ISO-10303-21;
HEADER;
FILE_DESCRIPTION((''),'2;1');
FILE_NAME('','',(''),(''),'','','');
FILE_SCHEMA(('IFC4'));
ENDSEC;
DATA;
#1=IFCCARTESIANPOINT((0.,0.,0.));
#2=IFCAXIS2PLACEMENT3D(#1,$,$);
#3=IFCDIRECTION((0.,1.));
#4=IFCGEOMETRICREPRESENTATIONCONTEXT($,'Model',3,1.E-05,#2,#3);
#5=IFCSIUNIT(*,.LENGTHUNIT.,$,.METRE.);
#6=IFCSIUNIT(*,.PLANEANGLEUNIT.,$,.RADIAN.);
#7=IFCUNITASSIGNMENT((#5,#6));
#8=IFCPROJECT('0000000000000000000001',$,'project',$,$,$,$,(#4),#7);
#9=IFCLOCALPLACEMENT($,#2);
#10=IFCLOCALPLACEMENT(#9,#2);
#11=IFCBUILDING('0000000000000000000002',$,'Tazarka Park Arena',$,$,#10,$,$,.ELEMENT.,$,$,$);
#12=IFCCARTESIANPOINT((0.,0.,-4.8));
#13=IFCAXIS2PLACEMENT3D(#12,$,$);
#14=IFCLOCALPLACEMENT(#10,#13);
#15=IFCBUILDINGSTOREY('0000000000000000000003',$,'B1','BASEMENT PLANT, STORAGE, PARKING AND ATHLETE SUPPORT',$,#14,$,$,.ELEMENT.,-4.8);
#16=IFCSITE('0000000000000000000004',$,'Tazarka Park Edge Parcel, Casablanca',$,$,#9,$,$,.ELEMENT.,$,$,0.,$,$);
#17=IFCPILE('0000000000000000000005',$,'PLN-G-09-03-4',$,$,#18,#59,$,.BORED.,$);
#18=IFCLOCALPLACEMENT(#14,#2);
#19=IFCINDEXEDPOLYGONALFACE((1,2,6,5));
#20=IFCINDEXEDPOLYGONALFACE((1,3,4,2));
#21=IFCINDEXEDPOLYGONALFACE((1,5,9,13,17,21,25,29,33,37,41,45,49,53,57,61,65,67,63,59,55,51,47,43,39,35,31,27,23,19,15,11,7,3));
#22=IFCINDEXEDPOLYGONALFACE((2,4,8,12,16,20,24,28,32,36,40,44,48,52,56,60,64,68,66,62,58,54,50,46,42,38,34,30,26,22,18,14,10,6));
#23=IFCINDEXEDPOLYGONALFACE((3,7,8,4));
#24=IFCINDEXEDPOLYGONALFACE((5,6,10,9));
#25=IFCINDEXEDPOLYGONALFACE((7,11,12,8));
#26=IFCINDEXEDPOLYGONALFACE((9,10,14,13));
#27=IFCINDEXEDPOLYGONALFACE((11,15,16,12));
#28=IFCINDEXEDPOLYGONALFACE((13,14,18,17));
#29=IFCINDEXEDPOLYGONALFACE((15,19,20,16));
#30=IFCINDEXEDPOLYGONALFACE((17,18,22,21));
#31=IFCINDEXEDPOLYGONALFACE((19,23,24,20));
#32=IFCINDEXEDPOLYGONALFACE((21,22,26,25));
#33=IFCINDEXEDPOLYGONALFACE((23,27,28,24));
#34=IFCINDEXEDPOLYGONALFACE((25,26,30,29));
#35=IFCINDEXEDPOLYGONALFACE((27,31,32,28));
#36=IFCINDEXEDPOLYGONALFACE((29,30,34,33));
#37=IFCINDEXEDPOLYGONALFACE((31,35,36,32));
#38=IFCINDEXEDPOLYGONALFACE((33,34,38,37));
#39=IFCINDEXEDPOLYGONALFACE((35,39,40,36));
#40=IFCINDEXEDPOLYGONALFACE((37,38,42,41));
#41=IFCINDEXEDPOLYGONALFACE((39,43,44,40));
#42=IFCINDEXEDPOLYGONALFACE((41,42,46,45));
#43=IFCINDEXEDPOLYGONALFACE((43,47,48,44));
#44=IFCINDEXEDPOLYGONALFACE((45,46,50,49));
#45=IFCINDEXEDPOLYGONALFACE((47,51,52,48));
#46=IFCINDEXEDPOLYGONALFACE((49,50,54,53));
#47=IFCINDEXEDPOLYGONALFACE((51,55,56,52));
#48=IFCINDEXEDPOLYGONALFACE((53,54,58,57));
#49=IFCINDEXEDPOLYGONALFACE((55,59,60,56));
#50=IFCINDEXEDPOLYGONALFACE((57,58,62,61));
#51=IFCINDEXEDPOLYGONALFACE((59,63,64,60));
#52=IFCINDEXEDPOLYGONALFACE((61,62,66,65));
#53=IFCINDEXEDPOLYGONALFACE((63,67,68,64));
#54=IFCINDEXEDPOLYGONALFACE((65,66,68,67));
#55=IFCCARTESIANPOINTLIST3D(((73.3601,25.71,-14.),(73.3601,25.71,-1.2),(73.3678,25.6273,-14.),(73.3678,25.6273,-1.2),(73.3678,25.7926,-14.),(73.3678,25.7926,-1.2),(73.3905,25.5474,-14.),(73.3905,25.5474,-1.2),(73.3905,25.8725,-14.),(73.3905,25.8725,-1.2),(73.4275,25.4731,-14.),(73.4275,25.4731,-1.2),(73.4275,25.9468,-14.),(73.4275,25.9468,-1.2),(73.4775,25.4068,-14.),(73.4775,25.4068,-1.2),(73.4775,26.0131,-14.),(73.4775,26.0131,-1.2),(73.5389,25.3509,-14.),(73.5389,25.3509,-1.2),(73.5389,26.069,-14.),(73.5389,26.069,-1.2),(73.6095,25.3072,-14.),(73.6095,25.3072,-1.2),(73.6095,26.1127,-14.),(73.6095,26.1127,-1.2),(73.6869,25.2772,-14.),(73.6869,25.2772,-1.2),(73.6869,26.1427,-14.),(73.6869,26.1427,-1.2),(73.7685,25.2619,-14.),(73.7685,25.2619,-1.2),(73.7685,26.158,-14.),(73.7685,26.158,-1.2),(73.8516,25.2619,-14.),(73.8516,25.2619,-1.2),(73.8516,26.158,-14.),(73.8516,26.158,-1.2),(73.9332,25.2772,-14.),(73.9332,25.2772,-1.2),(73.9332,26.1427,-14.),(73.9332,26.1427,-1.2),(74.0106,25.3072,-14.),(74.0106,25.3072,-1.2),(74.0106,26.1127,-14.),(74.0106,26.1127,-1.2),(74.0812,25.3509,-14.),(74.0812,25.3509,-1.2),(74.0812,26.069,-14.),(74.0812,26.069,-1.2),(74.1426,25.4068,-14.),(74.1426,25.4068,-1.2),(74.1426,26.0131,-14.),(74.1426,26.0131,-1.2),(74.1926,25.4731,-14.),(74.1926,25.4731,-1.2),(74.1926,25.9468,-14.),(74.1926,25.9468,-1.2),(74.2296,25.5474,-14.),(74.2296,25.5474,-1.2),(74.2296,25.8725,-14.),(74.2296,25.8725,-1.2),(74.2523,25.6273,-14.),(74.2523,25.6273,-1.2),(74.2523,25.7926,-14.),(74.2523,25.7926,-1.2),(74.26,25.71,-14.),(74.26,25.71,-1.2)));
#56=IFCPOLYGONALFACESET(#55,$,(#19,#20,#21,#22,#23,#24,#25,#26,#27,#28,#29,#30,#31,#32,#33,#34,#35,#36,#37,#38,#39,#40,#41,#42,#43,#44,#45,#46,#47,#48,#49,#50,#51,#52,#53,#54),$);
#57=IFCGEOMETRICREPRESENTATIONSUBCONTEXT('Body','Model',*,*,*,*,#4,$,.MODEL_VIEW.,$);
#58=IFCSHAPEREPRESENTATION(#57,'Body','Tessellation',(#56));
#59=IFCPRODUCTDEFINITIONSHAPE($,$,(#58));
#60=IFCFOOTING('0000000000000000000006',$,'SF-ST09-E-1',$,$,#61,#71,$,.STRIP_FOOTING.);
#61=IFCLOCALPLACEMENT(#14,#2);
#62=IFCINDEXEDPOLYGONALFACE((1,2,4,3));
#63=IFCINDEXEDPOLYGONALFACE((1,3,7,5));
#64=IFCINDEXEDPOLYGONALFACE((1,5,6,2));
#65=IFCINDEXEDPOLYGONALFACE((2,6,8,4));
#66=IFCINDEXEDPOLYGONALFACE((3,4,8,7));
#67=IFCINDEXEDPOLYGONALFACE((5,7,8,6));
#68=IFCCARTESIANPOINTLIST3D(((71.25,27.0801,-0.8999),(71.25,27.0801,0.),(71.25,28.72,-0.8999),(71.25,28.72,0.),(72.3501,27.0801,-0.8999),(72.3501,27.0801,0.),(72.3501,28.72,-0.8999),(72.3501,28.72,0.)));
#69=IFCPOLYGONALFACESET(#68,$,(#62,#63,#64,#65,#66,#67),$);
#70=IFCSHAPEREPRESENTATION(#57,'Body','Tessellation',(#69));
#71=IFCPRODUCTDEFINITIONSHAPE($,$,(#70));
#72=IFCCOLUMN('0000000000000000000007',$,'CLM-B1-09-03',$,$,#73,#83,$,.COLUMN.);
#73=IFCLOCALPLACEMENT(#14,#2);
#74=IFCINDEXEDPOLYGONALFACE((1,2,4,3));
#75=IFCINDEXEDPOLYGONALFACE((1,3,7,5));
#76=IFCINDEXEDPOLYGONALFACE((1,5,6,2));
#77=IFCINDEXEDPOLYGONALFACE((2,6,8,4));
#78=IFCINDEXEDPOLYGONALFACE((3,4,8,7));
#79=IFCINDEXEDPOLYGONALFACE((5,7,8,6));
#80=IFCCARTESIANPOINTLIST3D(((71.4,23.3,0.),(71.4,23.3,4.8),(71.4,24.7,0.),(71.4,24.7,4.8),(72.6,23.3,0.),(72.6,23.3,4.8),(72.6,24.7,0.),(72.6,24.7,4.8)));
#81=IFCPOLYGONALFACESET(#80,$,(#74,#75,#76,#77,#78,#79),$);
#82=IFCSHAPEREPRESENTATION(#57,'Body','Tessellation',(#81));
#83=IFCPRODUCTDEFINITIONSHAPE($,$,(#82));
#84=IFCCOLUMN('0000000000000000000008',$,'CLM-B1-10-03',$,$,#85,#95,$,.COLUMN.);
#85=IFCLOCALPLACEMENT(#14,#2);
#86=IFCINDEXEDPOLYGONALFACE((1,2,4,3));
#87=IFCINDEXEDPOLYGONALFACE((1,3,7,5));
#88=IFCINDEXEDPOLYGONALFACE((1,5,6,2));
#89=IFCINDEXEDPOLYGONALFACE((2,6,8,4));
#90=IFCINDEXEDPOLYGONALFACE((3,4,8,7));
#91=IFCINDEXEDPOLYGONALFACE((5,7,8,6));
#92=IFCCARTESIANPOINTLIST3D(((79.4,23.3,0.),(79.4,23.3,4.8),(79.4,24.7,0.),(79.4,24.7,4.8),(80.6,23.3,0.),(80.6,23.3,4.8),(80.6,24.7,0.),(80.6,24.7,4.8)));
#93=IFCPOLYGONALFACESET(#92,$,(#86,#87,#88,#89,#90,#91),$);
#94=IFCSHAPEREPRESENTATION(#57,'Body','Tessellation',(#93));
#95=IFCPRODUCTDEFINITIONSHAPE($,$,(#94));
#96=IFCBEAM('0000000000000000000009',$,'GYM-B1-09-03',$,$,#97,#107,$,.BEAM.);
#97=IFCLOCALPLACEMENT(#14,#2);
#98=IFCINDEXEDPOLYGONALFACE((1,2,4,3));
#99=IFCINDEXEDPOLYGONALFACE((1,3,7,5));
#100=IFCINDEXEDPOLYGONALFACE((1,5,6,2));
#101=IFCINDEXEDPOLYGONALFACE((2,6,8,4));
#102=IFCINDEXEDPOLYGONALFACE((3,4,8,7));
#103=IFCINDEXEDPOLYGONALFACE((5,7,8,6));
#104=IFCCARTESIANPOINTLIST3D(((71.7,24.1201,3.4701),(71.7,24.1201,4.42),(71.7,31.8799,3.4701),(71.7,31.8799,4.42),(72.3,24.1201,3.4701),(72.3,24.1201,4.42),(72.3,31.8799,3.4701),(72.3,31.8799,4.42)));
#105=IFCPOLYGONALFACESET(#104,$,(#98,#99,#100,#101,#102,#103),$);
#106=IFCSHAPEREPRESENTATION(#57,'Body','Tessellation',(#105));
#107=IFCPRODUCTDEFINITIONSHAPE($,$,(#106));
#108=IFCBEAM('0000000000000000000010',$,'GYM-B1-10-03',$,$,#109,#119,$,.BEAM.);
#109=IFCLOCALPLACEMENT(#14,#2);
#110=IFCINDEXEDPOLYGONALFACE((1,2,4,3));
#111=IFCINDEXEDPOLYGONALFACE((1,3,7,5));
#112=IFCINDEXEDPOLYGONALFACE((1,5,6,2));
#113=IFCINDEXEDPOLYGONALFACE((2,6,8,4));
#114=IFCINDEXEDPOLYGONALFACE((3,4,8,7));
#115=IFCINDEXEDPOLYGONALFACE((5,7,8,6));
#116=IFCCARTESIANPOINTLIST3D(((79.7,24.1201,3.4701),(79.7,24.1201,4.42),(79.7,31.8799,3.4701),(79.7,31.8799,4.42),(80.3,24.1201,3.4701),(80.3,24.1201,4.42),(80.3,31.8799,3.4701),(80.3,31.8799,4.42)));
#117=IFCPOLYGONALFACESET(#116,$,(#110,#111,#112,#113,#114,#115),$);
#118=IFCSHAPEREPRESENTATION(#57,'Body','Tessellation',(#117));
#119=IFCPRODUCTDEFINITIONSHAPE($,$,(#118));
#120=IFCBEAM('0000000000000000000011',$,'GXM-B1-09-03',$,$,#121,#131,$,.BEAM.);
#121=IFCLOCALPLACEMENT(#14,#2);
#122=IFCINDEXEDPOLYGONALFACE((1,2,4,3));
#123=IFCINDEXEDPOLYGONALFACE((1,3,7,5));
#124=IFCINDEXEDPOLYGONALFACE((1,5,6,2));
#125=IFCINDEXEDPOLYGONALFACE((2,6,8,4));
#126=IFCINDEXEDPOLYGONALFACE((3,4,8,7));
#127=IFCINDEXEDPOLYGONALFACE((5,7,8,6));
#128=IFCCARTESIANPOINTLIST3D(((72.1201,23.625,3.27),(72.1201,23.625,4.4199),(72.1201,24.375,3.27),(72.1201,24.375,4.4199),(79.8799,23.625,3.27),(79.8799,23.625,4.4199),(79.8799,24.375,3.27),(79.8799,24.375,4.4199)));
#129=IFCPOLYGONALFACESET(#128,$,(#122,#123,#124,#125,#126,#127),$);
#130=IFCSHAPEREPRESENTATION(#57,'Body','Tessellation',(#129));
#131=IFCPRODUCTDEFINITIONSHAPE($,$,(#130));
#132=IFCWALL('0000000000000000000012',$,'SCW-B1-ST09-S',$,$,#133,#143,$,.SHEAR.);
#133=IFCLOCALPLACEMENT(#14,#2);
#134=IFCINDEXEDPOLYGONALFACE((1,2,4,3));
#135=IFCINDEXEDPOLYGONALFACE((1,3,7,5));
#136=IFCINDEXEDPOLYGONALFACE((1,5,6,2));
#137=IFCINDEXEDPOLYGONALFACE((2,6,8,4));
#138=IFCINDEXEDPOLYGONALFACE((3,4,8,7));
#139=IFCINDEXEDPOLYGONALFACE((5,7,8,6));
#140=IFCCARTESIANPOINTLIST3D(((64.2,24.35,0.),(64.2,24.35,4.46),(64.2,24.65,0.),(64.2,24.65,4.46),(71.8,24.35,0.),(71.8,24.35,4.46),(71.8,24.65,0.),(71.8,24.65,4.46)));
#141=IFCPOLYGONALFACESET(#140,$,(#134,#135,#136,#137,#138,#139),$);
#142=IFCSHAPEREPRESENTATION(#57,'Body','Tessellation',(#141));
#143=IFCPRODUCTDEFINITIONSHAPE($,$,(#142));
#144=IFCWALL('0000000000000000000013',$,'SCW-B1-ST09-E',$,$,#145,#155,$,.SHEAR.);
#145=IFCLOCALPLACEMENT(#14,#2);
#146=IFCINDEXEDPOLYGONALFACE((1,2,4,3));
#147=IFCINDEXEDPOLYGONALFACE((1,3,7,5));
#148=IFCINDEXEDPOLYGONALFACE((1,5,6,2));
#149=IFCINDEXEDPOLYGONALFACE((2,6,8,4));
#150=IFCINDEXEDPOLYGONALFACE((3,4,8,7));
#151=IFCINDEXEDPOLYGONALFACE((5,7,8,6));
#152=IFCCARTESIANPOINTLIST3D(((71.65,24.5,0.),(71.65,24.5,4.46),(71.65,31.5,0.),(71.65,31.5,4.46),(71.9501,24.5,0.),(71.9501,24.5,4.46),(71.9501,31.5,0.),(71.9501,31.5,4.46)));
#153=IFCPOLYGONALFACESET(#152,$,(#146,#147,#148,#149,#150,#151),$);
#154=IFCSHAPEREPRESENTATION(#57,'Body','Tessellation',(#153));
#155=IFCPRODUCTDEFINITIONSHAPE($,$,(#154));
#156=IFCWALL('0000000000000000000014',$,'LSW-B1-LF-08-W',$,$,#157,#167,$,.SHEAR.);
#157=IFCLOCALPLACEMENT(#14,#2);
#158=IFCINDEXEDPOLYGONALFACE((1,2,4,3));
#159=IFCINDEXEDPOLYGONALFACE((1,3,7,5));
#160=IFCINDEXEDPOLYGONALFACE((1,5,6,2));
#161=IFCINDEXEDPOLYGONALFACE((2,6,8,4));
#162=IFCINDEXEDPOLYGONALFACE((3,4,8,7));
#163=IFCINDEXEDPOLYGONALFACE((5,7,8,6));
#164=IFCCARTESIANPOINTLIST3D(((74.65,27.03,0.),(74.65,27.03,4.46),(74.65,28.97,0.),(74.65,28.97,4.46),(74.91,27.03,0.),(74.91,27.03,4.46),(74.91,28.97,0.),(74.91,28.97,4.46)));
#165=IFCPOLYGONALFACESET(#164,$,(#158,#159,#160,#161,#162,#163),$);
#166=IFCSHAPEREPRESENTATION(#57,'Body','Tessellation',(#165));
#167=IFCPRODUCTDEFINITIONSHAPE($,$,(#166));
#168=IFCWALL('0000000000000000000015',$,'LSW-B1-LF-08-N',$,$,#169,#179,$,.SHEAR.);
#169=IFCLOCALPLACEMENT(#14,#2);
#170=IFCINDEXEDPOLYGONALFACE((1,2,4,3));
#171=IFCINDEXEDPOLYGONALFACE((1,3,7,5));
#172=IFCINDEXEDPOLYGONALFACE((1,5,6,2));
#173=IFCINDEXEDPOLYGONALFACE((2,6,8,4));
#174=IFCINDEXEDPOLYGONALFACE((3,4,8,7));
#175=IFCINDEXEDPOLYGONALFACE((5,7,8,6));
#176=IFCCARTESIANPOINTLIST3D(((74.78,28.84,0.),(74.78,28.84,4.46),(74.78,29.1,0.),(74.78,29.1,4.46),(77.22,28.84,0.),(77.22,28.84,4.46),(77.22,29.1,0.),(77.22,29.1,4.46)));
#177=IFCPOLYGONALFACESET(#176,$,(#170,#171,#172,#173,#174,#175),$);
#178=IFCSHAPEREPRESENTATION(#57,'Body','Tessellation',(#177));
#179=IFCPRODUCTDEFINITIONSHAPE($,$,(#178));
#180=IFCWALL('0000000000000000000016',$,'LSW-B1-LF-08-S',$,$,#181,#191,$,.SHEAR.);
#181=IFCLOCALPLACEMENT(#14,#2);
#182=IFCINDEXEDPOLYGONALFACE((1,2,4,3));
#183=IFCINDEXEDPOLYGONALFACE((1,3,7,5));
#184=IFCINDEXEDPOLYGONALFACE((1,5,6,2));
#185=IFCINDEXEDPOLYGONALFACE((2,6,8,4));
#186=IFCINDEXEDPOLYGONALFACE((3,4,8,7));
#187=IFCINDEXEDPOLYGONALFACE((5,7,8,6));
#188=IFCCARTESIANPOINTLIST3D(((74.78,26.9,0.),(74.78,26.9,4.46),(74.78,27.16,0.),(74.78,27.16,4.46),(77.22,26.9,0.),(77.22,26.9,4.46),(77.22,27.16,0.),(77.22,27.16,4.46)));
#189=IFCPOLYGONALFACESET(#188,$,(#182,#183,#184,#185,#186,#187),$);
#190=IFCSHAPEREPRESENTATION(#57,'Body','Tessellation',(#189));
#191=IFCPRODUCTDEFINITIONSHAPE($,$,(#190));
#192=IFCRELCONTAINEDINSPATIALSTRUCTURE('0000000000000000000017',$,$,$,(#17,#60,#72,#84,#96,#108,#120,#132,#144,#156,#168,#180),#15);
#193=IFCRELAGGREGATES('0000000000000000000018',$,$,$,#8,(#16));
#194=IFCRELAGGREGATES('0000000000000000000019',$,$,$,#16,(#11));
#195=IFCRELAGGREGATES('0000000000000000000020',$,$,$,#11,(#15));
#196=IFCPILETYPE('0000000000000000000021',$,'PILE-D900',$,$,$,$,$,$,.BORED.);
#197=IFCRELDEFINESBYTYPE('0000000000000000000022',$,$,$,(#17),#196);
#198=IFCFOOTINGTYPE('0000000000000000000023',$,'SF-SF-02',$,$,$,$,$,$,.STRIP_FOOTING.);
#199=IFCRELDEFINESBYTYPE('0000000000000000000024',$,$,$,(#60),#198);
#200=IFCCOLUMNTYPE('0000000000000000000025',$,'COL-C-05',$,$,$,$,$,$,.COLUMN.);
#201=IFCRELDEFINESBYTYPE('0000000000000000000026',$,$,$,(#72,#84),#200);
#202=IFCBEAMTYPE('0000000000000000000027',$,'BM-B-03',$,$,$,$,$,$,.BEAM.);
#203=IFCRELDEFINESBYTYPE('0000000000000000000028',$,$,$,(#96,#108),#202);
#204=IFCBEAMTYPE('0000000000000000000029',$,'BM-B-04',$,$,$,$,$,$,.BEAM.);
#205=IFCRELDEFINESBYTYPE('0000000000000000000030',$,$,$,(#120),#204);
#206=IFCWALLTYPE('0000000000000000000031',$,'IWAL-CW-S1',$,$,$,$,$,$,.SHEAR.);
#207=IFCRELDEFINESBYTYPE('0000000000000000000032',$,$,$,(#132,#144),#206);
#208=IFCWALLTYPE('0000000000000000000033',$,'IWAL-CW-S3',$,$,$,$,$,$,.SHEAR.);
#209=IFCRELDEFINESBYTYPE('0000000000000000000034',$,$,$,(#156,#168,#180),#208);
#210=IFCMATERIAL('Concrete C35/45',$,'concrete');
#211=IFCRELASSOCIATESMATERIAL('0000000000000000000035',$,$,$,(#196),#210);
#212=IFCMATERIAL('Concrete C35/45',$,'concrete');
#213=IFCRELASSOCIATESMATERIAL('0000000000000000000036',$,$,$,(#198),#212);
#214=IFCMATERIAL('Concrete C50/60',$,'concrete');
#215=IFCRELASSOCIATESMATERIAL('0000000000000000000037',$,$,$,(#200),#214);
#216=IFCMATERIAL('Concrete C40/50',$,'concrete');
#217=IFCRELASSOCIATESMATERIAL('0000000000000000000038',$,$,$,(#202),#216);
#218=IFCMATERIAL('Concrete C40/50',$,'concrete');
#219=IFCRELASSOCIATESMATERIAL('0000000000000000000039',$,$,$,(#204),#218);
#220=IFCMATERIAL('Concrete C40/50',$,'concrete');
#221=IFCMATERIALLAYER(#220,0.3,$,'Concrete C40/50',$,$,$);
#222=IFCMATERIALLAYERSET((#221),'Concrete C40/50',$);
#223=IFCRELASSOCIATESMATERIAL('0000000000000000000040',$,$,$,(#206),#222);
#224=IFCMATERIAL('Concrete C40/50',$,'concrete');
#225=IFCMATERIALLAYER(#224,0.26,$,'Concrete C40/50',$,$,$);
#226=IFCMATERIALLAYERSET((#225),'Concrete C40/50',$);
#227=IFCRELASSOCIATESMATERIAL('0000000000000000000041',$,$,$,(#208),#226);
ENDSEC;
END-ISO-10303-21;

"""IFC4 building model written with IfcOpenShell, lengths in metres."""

from ifc_helpers import new_model, si_unit, direction, frame, frame_2d, origin, origin_2d, place, context, subcontext, project, spatial, rectangle, circle, extrude, material, layer, layer_set, material_profile, profile_set, type_object, element, save


model = new_model("IFC4")

# Units and contexts
model_context = context("Model", 3, precision=1e-05, world=origin(), true_north=direction((0.0, 1.0)))
body_context = subcontext(model_context, "Body", "Model", "MODEL_VIEW")
ifc_project = project(units=[si_unit("LENGTHUNIT", "METRE"), si_unit("PLANEANGLEUNIT", "RADIAN")], contexts=[model_context])

# Site, building, storey
site_placement = place(None, origin())
site = spatial("IfcSite", under=ifc_project, at=site_placement, Name="Tazarka Park Edge Parcel, Casablanca", CompositionType="ELEMENT", RefElevation=0.0)
building_placement = place(site_placement, origin())
building = spatial("IfcBuilding", under=site, at=building_placement, Name="Tazarka Park Arena", CompositionType="ELEMENT")
storey_placement = place(building_placement, frame((0.0, 0.0, -4.8)))
storey = spatial("IfcBuildingStorey", under=building, at=storey_placement, Name="B1", Description="BASEMENT PLANT, STORAGE, PARKING AND ATHLETE SUPPORT", CompositionType="ELEMENT", Elevation=-4.8)

# Pile
ifc_material_1 = material(Name="Concrete C35/45", Category="concrete")
ifc_material_profile_1 = material_profile(ifc_material_1, circle(Radius=0.45, at=origin_2d()), Name="Concrete C35/45")
ifc_profile_set_1 = profile_set([ifc_material_profile_1], Name="Concrete C35/45")
pile_type_1 = type_object("IfcPileType", Name="PILE-D900", PredefinedType="BORED", material=ifc_profile_set_1)
for number, where, z_axis, x_axis, name in (
    (1, (73.8101, 25.71, -1.2), (0.0, 0.0, -1.0), (1.0, 0.0, 0.0), "PLN-G-09-03-4"),
):
    element("IfcPile", number, at=place(storey_placement, frame(where, z_axis=z_axis, x_axis=x_axis)), inside=storey, type_object=pile_type_1, Name=name, PredefinedType="BORED", context=body_context, shape_type="SweptSolid", body=[
        extrude(circle(Radius=0.45, at=origin_2d()), origin(), (0.0, 0.0, 1.0), 12.8),
    ])

# Footing
ifc_material_2 = material(Name="Concrete C35/45", Category="concrete")
ifc_material_profile_2 = material_profile(ifc_material_2, rectangle(XDim=1.1001, YDim=0.8999, at=origin_2d()), Name="Concrete C35/45")
ifc_profile_set_2 = profile_set([ifc_material_profile_2], Name="Concrete C35/45")
footing_type_1 = type_object("IfcFootingType", Name="SF-SF-02", PredefinedType="STRIP_FOOTING", material=ifc_profile_set_2)
footing_1_placement = place(storey_placement, frame((71.8, 28.72, -0.45), z_axis=(0.0, -1.0, 0.0), x_axis=(1.0, 0.0, 0.0)))
element("IfcFooting", 2, at=footing_1_placement, inside=storey, type_object=footing_type_1, Name="SF-ST09-E-1", PredefinedType="STRIP_FOOTING", context=body_context, shape_type="SweptSolid", body=[
    extrude(rectangle(XDim=1.1001, YDim=0.8999, at=origin_2d()), origin(), (0.0, 0.0, 1.0), 1.6399),
])

# Columns
ifc_material_3 = material(Name="Concrete C50/60", Category="concrete")
ifc_material_profile_3 = material_profile(ifc_material_3, rectangle(XDim=1.2, YDim=1.3999, at=origin_2d()), Name="Concrete C50/60")
ifc_profile_set_3 = profile_set([ifc_material_profile_3], Name="Concrete C50/60")
column_type = type_object("IfcColumnType", Name="COL-C-05", PredefinedType="COLUMN", material=ifc_profile_set_3)
for number, where, z_axis, x_axis, name in (
    (3, (72.0, 24.0, 0.0), (0.0, 0.0, 1.0), (1.0, 0.0, 0.0), "CLM-B1-09-03"),
    (4, (80.0, 24.0, 0.0), (0.0, 0.0, 1.0), (1.0, 0.0, 0.0), "CLM-B1-10-03"),
):
    element("IfcColumn", number, at=place(storey_placement, frame(where, z_axis=z_axis, x_axis=x_axis)), inside=storey, type_object=column_type, Name=name, PredefinedType="COLUMN", context=body_context, shape_type="SweptSolid", body=[
        extrude(rectangle(XDim=1.2, YDim=1.3999, at=origin_2d()), origin(), (0.0, 0.0, 1.0), 4.8),
    ])

# Beams
ifc_material_4 = material(Name="Concrete C40/50", Category="concrete")
ifc_material_profile_4 = material_profile(ifc_material_4, rectangle(XDim=0.6001, YDim=0.95, at=origin_2d()), Name="Concrete C40/50")
ifc_profile_set_4 = profile_set([ifc_material_profile_4], Name="Concrete C40/50")
beam_type_1 = type_object("IfcBeamType", Name="BM-B-03", PredefinedType="BEAM", material=ifc_profile_set_4)
for number, where, z_axis, x_axis, name in (
    (5, (72.0, 24.1201, 3.9451), (0.0, 1.0, 0.0), (-1.0, 0.0, 0.0), "GYM-B1-09-03"),
    (6, (80.0, 24.1201, 3.9451), (0.0, 1.0, 0.0), (-1.0, 0.0, 0.0), "GYM-B1-10-03"),
):
    element("IfcBeam", number, at=place(storey_placement, frame(where, z_axis=z_axis, x_axis=x_axis)), inside=storey, type_object=beam_type_1, Name=name, PredefinedType="BEAM", context=body_context, shape_type="SweptSolid", body=[
        extrude(rectangle(XDim=0.6001, YDim=0.95, at=origin_2d()), origin(), (0.0, 0.0, 1.0), 7.7598),
    ])
ifc_material_5 = material(Name="Concrete C40/50", Category="concrete")
ifc_material_profile_5 = material_profile(ifc_material_5, rectangle(XDim=0.75, YDim=1.1499, at=origin_2d()), Name="Concrete C40/50")
ifc_profile_set_5 = profile_set([ifc_material_profile_5], Name="Concrete C40/50")
beam_type_2 = type_object("IfcBeamType", Name="BM-B-04", PredefinedType="BEAM", material=ifc_profile_set_5)
beam_placement = place(storey_placement, frame((72.1201, 24.0, 3.845), z_axis=(1.0, 0.0, 0.0), x_axis=(0.0, 1.0, 0.0)))
element("IfcBeam", 7, at=beam_placement, inside=storey, type_object=beam_type_2, Name="GXM-B1-09-03", PredefinedType="BEAM", context=body_context, shape_type="SweptSolid", body=[
    extrude(rectangle(XDim=0.75, YDim=1.1499, at=origin_2d()), origin(), (0.0, 0.0, 1.0), 7.7598),
])

# Walls
ifc_material_6 = material(Name="Concrete C40/50", Category="concrete")
ifc_layer_1 = layer(ifc_material_6, 0.3, Name="Concrete C40/50")
ifc_layer_set_1 = layer_set([ifc_layer_1], Name="Concrete C40/50")
wall_type_1 = type_object("IfcWallType", Name="IWAL-CW-S1", PredefinedType="SHEAR", material=ifc_layer_set_1)
wall_1_placement = place(storey_placement, frame((71.8, 24.5, 0.0), z_axis=(0.0, 0.0, 1.0), x_axis=(-1.0, 0.0, 0.0)))
element("IfcWall", 8, at=wall_1_placement, inside=storey, type_object=wall_type_1, Name="SCW-B1-ST09-S", PredefinedType="SHEAR", context=body_context, shape_type="SweptSolid", body=[
    extrude(rectangle(XDim=7.6001, YDim=0.3, at=frame_2d((3.8, 0.0))), origin(), (0.0, 0.0, 1.0), 4.46),
])
wall_2_placement = place(storey_placement, frame((71.8, 31.5, 0.0), z_axis=(0.0, 0.0, 1.0), x_axis=(0.0, -1.0, 0.0)))
element("IfcWall", 9, at=wall_2_placement, inside=storey, type_object=wall_type_1, Name="SCW-B1-ST09-E", PredefinedType="SHEAR", context=body_context, shape_type="SweptSolid", body=[
    extrude(rectangle(XDim=7.0, YDim=0.3, at=frame_2d((3.5, 0.0))), origin(), (0.0, 0.0, 1.0), 4.46),
])
ifc_material_7 = material(Name="Concrete C40/50", Category="concrete")
ifc_layer_2 = layer(ifc_material_7, 0.26, Name="Concrete C40/50")
ifc_layer_set_2 = layer_set([ifc_layer_2], Name="Concrete C40/50")
wall_type_2 = type_object("IfcWallType", Name="IWAL-CW-S3", PredefinedType="SHEAR", material=ifc_layer_set_2)
wall_3_placement = place(storey_placement, frame((74.78, 27.03, 0.0), z_axis=(0.0, 0.0, 1.0), x_axis=(0.0, 1.0, 0.0)))
element("IfcWall", 10, at=wall_3_placement, inside=storey, type_object=wall_type_2, Name="LSW-B1-LF-08-W", PredefinedType="SHEAR", context=body_context, shape_type="SweptSolid", body=[
    extrude(rectangle(XDim=1.9399, YDim=0.26, at=frame_2d((0.97, 0.0))), origin(), (0.0, 0.0, 1.0), 4.46),
])
for number, where, z_axis, x_axis, name in (
    (11, (74.78, 28.97, 0.0), (0.0, 0.0, 1.0), (1.0, 0.0, 0.0), "LSW-B1-LF-08-N"),
    (12, (77.22, 27.03, 0.0), (0.0, 0.0, 1.0), (-1.0, 0.0, 0.0), "LSW-B1-LF-08-S"),
):
    element("IfcWall", number, at=place(storey_placement, frame(where, z_axis=z_axis, x_axis=x_axis)), inside=storey, type_object=wall_type_2, Name=name, PredefinedType="SHEAR", context=body_context, shape_type="SweptSolid", body=[
        extrude(rectangle(XDim=2.4399, YDim=0.26, at=frame_2d((1.22, 0.0))), origin(), (0.0, 0.0, 1.0), 4.46),
    ])

save(model, "model.ifc")
